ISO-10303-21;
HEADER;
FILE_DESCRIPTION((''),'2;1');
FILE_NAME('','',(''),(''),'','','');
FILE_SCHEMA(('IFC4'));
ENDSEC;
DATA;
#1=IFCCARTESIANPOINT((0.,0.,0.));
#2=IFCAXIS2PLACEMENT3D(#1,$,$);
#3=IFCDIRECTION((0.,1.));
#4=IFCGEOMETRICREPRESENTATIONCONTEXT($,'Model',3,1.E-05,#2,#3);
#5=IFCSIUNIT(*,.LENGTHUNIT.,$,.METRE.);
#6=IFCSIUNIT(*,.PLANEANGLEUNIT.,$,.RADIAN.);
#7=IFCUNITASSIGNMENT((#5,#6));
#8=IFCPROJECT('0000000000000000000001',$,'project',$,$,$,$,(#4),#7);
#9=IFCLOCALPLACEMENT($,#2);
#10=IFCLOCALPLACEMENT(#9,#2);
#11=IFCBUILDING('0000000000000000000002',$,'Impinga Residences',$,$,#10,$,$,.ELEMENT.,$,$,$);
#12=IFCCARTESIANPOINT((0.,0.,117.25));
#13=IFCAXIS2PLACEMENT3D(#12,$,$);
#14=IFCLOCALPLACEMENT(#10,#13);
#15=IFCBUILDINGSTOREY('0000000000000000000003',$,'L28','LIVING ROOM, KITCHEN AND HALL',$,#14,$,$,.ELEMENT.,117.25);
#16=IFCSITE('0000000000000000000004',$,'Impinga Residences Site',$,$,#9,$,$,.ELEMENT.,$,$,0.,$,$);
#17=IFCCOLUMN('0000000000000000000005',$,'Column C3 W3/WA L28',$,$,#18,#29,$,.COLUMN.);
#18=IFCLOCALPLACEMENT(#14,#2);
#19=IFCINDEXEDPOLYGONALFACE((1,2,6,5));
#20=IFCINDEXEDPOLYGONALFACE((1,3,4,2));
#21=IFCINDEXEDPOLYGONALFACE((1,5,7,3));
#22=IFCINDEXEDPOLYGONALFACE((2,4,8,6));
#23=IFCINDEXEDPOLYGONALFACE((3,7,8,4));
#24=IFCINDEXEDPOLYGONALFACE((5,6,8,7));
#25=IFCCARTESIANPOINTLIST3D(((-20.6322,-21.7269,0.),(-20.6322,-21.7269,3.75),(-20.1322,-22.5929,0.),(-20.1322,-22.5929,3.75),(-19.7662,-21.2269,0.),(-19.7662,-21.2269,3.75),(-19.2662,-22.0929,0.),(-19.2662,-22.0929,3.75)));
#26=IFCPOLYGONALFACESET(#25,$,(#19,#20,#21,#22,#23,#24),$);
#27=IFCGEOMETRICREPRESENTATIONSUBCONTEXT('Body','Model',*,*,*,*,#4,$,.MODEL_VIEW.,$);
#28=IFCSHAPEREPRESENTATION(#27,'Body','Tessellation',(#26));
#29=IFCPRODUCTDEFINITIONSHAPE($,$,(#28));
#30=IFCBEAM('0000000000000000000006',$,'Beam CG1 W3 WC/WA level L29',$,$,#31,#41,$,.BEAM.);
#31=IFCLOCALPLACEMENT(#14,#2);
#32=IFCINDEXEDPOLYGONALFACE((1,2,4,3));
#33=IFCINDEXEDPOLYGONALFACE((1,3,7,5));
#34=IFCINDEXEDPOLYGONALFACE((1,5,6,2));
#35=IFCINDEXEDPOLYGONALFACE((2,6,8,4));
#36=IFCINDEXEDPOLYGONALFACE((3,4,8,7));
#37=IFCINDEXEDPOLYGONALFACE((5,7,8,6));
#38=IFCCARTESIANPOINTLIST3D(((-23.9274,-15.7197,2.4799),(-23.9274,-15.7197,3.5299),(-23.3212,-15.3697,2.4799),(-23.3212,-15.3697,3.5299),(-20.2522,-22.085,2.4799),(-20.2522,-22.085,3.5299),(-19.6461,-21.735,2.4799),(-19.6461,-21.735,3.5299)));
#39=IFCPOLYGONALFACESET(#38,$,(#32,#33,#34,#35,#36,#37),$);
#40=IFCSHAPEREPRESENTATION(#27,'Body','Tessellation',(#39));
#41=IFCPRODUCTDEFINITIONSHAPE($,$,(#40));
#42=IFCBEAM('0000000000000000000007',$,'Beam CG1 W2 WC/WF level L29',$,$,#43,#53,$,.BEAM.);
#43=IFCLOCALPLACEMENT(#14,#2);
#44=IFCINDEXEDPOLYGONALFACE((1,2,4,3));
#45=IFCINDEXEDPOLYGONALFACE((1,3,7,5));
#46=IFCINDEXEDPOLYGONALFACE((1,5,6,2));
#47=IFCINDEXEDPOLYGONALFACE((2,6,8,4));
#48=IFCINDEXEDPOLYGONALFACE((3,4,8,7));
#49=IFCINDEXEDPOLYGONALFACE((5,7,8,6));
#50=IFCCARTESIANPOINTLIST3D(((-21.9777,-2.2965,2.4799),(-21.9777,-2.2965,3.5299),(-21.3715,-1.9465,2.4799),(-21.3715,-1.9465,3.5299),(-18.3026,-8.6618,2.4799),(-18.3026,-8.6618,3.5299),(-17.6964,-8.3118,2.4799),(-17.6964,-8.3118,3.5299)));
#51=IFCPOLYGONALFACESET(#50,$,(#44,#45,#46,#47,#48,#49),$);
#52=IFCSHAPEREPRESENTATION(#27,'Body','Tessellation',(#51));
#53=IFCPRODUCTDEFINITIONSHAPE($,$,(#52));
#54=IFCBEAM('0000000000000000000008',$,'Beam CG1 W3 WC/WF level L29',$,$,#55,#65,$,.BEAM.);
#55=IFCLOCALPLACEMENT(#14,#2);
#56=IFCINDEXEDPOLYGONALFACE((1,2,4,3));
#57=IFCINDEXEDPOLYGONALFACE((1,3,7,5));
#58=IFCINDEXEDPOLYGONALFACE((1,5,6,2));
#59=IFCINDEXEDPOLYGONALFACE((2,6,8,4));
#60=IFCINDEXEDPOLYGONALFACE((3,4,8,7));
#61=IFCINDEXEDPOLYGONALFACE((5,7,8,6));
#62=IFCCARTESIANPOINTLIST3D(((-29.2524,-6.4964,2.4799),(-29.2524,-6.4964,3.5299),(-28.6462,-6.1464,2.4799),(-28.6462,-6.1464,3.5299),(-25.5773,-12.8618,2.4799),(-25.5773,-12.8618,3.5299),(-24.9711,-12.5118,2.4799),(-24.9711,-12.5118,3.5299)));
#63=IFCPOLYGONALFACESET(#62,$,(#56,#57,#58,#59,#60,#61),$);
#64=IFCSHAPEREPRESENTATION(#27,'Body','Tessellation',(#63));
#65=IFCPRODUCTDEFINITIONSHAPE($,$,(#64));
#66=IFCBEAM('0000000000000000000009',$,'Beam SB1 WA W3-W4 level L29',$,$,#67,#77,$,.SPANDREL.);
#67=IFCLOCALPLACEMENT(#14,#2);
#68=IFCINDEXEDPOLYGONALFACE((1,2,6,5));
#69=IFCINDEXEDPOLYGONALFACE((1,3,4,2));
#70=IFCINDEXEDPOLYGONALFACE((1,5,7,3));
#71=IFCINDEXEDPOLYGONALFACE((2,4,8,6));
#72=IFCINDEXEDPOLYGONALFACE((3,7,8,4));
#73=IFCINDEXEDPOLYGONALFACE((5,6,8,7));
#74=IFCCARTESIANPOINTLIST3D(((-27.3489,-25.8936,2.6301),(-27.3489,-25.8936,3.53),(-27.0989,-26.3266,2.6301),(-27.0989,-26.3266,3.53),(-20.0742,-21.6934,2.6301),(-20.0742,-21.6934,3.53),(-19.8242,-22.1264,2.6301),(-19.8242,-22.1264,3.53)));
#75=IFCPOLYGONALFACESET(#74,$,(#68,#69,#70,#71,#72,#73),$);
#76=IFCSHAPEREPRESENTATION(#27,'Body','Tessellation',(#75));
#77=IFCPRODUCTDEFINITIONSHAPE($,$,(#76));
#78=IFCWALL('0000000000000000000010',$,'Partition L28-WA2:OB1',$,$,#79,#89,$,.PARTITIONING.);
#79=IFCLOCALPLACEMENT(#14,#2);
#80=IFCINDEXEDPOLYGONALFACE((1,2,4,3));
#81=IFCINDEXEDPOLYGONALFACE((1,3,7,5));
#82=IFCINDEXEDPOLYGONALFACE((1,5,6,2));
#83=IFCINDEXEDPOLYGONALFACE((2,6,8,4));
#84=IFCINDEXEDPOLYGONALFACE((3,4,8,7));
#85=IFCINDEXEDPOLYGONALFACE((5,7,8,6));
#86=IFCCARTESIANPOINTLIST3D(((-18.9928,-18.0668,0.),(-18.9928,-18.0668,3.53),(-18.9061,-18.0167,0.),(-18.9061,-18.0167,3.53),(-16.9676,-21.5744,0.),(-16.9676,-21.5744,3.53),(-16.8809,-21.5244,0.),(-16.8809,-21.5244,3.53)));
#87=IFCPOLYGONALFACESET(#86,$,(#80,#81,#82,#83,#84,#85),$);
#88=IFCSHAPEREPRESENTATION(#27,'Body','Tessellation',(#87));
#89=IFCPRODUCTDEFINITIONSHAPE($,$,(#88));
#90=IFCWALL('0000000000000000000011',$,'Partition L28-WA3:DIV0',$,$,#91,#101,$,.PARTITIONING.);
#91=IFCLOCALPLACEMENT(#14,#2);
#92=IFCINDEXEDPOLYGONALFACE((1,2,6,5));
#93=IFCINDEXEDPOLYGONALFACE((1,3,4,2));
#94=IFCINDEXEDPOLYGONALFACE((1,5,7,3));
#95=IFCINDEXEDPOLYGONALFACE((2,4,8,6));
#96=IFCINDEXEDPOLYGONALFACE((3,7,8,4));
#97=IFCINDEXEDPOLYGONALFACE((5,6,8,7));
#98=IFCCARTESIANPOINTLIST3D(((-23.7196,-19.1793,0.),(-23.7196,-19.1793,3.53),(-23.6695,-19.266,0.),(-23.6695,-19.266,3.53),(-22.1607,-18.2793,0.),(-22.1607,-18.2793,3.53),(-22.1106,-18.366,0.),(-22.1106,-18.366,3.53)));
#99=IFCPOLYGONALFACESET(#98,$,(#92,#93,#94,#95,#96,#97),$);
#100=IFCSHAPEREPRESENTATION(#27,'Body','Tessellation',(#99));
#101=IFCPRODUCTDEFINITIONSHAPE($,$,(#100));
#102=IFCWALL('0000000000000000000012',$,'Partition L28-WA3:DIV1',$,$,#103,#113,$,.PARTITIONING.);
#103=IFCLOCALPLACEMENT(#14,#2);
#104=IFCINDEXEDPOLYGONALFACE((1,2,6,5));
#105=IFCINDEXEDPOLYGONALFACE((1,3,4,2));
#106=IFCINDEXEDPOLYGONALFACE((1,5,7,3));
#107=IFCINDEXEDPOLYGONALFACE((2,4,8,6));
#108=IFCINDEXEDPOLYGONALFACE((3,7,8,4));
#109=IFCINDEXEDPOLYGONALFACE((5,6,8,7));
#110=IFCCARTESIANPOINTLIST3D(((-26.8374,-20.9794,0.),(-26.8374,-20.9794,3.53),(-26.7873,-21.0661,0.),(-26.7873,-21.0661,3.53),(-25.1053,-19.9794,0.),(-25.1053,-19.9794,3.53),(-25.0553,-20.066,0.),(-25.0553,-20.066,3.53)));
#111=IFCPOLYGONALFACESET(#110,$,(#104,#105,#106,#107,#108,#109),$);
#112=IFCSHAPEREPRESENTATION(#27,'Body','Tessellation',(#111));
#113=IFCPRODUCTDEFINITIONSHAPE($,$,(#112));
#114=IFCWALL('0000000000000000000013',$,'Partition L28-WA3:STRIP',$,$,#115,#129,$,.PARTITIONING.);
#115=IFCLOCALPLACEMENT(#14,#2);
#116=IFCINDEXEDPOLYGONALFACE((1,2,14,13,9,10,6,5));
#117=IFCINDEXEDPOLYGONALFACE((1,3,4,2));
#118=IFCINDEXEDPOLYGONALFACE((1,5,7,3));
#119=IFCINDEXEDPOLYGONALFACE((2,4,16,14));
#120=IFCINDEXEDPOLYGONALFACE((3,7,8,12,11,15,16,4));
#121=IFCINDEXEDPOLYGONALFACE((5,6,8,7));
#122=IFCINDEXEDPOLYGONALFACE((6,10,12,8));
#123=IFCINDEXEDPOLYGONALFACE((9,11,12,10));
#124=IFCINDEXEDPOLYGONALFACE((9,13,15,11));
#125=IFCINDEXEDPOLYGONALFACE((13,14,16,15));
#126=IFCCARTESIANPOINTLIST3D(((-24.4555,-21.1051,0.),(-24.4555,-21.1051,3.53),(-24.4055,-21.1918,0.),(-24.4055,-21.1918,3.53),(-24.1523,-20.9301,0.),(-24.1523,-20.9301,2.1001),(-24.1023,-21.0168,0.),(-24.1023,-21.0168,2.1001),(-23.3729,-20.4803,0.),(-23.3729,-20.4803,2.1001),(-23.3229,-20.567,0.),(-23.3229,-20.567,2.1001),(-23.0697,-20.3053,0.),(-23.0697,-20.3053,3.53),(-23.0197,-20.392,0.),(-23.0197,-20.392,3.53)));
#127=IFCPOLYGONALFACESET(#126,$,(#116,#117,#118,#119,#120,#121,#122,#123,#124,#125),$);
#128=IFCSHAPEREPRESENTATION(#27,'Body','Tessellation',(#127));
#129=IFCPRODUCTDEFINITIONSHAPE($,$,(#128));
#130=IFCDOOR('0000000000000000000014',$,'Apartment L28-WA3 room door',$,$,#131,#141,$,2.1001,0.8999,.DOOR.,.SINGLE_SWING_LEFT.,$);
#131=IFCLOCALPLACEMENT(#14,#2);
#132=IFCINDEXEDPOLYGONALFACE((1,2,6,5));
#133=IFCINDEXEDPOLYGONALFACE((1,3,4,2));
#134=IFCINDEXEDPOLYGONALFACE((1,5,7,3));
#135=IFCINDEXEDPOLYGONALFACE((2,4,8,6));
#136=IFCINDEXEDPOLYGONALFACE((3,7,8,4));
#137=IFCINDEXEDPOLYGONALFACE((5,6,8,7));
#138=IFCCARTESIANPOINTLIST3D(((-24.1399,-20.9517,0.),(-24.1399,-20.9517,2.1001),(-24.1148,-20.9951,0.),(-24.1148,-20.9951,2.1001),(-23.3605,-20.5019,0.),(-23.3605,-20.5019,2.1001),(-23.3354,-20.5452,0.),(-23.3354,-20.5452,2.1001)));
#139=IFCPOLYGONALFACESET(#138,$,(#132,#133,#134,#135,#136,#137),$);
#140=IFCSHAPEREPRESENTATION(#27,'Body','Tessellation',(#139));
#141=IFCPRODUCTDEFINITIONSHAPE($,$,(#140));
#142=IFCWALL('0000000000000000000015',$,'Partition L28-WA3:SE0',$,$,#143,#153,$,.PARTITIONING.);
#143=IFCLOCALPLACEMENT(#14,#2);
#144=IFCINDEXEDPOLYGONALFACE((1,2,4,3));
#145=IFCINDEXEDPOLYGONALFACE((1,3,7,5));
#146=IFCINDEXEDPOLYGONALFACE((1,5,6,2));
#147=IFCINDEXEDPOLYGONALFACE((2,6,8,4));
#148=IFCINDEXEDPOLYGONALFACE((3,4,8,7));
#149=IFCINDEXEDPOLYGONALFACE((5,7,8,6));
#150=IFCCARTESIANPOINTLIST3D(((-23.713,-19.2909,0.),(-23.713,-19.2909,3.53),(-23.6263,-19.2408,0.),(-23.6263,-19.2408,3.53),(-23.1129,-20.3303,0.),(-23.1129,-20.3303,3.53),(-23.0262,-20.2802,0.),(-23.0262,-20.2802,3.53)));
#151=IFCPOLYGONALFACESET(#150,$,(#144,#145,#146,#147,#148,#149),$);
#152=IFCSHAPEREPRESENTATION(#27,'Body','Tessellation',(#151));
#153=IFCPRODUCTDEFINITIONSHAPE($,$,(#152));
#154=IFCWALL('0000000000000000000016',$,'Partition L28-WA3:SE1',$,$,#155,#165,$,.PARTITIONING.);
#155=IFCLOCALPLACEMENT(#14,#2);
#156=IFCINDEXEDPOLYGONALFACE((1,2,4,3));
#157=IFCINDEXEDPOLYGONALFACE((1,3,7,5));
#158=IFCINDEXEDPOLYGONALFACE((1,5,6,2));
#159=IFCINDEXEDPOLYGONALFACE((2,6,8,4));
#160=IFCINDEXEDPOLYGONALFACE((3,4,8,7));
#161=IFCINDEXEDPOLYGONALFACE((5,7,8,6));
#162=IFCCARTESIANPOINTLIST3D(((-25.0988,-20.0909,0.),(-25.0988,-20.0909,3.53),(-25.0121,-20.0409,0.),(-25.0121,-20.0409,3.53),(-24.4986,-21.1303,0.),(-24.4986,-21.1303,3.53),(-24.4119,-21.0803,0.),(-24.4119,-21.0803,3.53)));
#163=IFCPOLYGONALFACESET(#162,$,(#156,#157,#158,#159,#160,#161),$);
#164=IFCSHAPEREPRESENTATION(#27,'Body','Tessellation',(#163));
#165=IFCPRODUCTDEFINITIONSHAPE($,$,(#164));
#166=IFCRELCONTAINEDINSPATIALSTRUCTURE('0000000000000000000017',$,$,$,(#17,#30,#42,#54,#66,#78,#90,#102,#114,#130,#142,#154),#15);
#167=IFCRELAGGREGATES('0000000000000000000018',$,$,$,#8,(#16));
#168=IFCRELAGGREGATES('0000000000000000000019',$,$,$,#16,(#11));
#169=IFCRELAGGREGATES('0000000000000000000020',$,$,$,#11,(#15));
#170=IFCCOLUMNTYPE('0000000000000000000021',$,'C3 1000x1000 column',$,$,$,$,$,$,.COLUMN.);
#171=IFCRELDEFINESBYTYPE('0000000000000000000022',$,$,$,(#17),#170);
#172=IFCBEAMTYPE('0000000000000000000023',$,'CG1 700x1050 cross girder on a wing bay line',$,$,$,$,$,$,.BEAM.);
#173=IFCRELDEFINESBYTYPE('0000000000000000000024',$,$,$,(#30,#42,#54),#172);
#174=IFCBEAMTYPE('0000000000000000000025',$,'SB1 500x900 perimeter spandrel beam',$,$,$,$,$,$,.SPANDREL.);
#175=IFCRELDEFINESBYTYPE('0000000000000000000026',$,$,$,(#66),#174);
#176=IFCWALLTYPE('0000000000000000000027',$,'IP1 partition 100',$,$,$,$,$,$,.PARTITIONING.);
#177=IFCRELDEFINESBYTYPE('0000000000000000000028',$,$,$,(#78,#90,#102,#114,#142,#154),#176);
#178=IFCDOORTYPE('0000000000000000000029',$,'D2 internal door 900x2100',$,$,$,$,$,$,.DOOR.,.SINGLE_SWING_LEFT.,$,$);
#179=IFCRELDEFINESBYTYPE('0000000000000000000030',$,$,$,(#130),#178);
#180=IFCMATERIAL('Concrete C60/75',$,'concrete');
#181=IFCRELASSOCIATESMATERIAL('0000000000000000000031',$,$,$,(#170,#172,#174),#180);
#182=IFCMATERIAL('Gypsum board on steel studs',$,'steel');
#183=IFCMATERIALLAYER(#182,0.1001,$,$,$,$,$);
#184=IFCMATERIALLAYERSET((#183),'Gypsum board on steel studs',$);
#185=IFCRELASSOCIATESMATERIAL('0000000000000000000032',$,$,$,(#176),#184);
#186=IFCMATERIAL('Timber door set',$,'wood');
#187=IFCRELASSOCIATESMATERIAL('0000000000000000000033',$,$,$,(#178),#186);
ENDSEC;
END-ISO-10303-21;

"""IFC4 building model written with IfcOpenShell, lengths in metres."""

from ifc_helpers import new_model, si_unit, direction, frame, frame_2d, origin, origin_2d, place, context, subcontext, project, spatial, rectangle, extrude, material, layer, layer_set, material_profile, profile_set, type_object, element, fill, save


model = new_model("IFC4")

# Units and contexts
model_context = context("Model", 3, precision=1e-05, world=origin(), true_north=direction((0.0, 1.0)))
body_context = subcontext(model_context, "Body", "Model", "MODEL_VIEW")
ifc_project = project(units=[si_unit("LENGTHUNIT", "METRE"), si_unit("PLANEANGLEUNIT", "RADIAN")], contexts=[model_context])

# Site, building, storey
site_placement = place(None, origin())
site = spatial("IfcSite", under=ifc_project, at=site_placement, Name="Impinga Residences Site", CompositionType="ELEMENT", RefElevation=0.0)
building_placement = place(site_placement, origin())
building = spatial("IfcBuilding", under=site, at=building_placement, Name="Impinga Residences", CompositionType="ELEMENT")
storey_placement = place(building_placement, frame((0.0, 0.0, 117.25)))
storey = spatial("IfcBuildingStorey", under=building, at=storey_placement, Name="L28", Description="LIVING ROOM, KITCHEN AND HALL", CompositionType="ELEMENT", Elevation=117.25)

# Column
ifc_material_1 = material(Name="Concrete C60/75", Category="concrete")
ifc_material_profile_1 = material_profile(ifc_material_1, rectangle(XDim=1.0, YDim=1.0, at=origin_2d()), Name="RC 1000x1000")
ifc_profile_set_1 = profile_set([ifc_material_profile_1], Name="Concrete C60/75")
column_type = type_object("IfcColumnType", Name="C3 1000x1000 column", PredefinedType="COLUMN", material=ifc_profile_set_1)
column_placement = place(storey_placement, frame((-19.9492, -21.9099, 0.0), z_axis=(0.0, 0.0, 1.0), x_axis=(-0.5, 0.866025, 0.0)))
element("IfcColumn", 1, at=column_placement, inside=storey, type_object=column_type, Name="Column C3 W3/WA L28", PredefinedType="COLUMN", context=body_context, shape_type="SweptSolid", body=[
    extrude(rectangle(XDim=1.0, YDim=1.0, at=origin_2d()), origin(), (0.0, 0.0, 1.0), 3.75),
])

# Beams
ifc_material_profile_2 = material_profile(ifc_material_1, rectangle(XDim=0.7, YDim=1.05, at=origin_2d()), Name="RC 700x1050")
ifc_profile_set_2 = profile_set([ifc_material_profile_2], Name="Concrete C60/75")
beam_type_1 = type_object("IfcBeamType", Name="CG1 700x1050 cross girder on a wing bay line", PredefinedType="BEAM", material=ifc_profile_set_2)
for number, where, z_axis, x_axis, name in (
    (2, (-23.6243, -15.5447, 3.0049), (0.500008, -0.866021, 0.0), (0.866021, 0.500008, 0.0), "Beam CG1 W3 WC/WA level L29"),
    (3, (-17.9995, -8.4868, 3.0049), (-0.500008, 0.866021, 0.0), (-0.866021, -0.500008, 0.0), "Beam CG1 W2 WC/WF level L29"),
    (4, (-25.2742, -12.6868, 3.0049), (-0.500008, 0.866021, 0.0), (-0.866021, -0.500008, 0.0), "Beam CG1 W3 WC/WF level L29"),
):
    element("IfcBeam", number, at=place(storey_placement, frame(where, z_axis=z_axis, x_axis=x_axis)), inside=storey, type_object=beam_type_1, Name=name, PredefinedType="BEAM", context=body_context, shape_type="SweptSolid", body=[
        extrude(rectangle(XDim=0.7, YDim=1.05, at=origin_2d()), origin(), (0.0, 0.0, 1.0), 7.3501),
    ])
ifc_material_profile_3 = material_profile(ifc_material_1, rectangle(XDim=0.5, YDim=0.8999, at=origin_2d()), Name="RC 500x900")
ifc_profile_set_3 = profile_set([ifc_material_profile_3], Name="Concrete C60/75")
beam_type_2 = type_object("IfcBeamType", Name="SB1 500x900 perimeter spandrel beam", PredefinedType="SPANDREL", material=ifc_profile_set_3)
beam_placement = place(storey_placement, frame((-19.9492, -21.9099, 3.0801), z_axis=(-0.866017, -0.500015, 0.0), x_axis=(0.500015, -0.866017, 0.0)))
element("IfcBeam", 5, at=beam_placement, inside=storey, type_object=beam_type_2, Name="Beam SB1 WA W3-W4 level L29", PredefinedType="SPANDREL", context=body_context, shape_type="SweptSolid", body=[
    extrude(rectangle(XDim=0.5, YDim=0.8999, at=origin_2d()), origin(), (0.0, 0.0, 1.0), 8.4001),
])

# Walls
ifc_material_2 = material(Name="Gypsum board on steel studs", Category="steel")
ifc_layer_1 = layer(ifc_material_2, 0.1001)
ifc_layer_set_1 = layer_set([ifc_layer_1], Name="Gypsum board on steel studs")
wall_type_1 = type_object("IfcWallType", Name="IP1 partition 100", PredefinedType="PARTITIONING", material=ifc_layer_set_1)
wall_1_placement = place(storey_placement, frame((-18.9495, -18.0417, 0.0), z_axis=(0.0, 0.0, 1.0), x_axis=(0.500009, -0.86602, 0.0)))
element("IfcWall", 6, at=wall_1_placement, inside=storey, type_object=wall_type_1, Name="Partition L28-WA2:OB1", PredefinedType="PARTITIONING", context=body_context, shape_type="SweptSolid", body=[
    extrude(rectangle(XDim=4.0503, YDim=0.1001, at=frame_2d((2.0251, 0.0))), origin(), (0.0, 0.0, 1.0), 3.53),
])
wall_2_placement = place(storey_placement, frame((-22.1357, -18.3228, 0.0), z_axis=(0.0, 0.0, 1.0), x_axis=(-0.866048, -0.499961, 0.0)))
element("IfcWall", 7, at=wall_2_placement, inside=storey, type_object=wall_type_1, Name="Partition L28-WA3:DIV0", PredefinedType="PARTITIONING", context=body_context, shape_type="SweptSolid", body=[
    extrude(rectangle(XDim=1.8, YDim=0.1001, at=frame_2d((0.8999, 0.0))), origin(), (0.0, 0.0, 1.0), 3.53),
])
wall_3_placement = place(storey_placement, frame((-25.0803, -20.0227, 0.0), z_axis=(0.0, 0.0, 1.0), x_axis=(-0.866011, -0.500025, 0.0)))
element("IfcWall", 8, at=wall_3_placement, inside=storey, type_object=wall_type_1, Name="Partition L28-WA3:DIV1", PredefinedType="PARTITIONING", context=body_context, shape_type="SweptSolid", body=[
    extrude(rectangle(XDim=2.0, YDim=0.1001, at=frame_2d((1.0, 0.0))), origin(), (0.0, 0.0, 1.0), 3.53),
])

# Wall, opening, door
wall_4_placement = place(storey_placement, frame((-23.0447, -20.3486, 0.0), z_axis=(0.0, 0.0, 1.0), x_axis=(-0.866094, -0.499881, 0.0)))
wall_4 = element("IfcWall", 9, at=wall_4_placement, inside=storey, type_object=wall_type_1, Name="Partition L28-WA3:STRIP", PredefinedType="PARTITIONING", context=body_context, shape_type="SweptSolid", body=[
    extrude(rectangle(XDim=1.6001, YDim=0.1001, at=frame_2d((0.8, 0.0))), origin(), (0.0, 0.0, 1.0), 3.53),
])
opening_1_placement = place(wall_4_placement, frame((0.3501, 0.0, 0.0)))
opening_1 = element("IfcOpeningElement", 10, at=opening_1_placement, cuts=wall_4, PredefinedType="OPENING", context=body_context, shape_type="SweptSolid", body=[
    extrude(rectangle(XDim=0.8999, YDim=2.1001, at=frame_2d((0.45, 1.05))), frame((0.0, 0.0601, 0.0), z_axis=(0.0, -1.0, 0.0), x_axis=(1.0, 0.0, 0.0)), (0.0, 0.0, 1.0), 0.1201),
])
ifc_material_3 = material(Name="Timber door set", Category="wood")
door_type = type_object("IfcDoorType", Name="D2 internal door 900x2100", OperationType="SINGLE_SWING_LEFT", PredefinedType="DOOR", material=ifc_material_3)
door_1_placement = place(opening_1_placement, origin())
door_1 = element("IfcDoor", 11, at=door_1_placement, inside=storey, type_object=door_type, Name="Apartment L28-WA3 room door", OperationType="SINGLE_SWING_LEFT", OverallHeight=2.1001, OverallWidth=0.8999, PredefinedType="DOOR", context=body_context, shape_type="SweptSolid", body=[
    extrude(rectangle(XDim=0.8999, YDim=2.1001, at=frame_2d((0.45, 1.05))), frame((0.0, 0.0249, 0.0), z_axis=(0.0, -1.0, 0.0), x_axis=(1.0, 0.0, 0.0)), (0.0, 0.0, 1.0), 0.05),
])
fill(opening_1, door_1)

# Walls
for number, where, z_axis, x_axis, name in (
    (12, (-23.6697, -19.2659, 0.0), (0.0, 0.0, 1.0), (0.500034, -0.866006, 0.0), "Partition L28-WA3:SE0"),
    (13, (-25.0554, -20.0659, 0.0), (0.0, 0.0, 1.0), (0.500034, -0.866006, 0.0), "Partition L28-WA3:SE1"),
):
    element("IfcWall", number, at=place(storey_placement, frame(where, z_axis=z_axis, x_axis=x_axis)), inside=storey, type_object=wall_type_1, Name=name, PredefinedType="PARTITIONING", context=body_context, shape_type="SweptSolid", body=[
        extrude(rectangle(XDim=1.2002, YDim=0.1001, at=frame_2d((0.6001, 0.0))), origin(), (0.0, 0.0, 1.0), 3.53),
    ])

save(model, "model.ifc")
